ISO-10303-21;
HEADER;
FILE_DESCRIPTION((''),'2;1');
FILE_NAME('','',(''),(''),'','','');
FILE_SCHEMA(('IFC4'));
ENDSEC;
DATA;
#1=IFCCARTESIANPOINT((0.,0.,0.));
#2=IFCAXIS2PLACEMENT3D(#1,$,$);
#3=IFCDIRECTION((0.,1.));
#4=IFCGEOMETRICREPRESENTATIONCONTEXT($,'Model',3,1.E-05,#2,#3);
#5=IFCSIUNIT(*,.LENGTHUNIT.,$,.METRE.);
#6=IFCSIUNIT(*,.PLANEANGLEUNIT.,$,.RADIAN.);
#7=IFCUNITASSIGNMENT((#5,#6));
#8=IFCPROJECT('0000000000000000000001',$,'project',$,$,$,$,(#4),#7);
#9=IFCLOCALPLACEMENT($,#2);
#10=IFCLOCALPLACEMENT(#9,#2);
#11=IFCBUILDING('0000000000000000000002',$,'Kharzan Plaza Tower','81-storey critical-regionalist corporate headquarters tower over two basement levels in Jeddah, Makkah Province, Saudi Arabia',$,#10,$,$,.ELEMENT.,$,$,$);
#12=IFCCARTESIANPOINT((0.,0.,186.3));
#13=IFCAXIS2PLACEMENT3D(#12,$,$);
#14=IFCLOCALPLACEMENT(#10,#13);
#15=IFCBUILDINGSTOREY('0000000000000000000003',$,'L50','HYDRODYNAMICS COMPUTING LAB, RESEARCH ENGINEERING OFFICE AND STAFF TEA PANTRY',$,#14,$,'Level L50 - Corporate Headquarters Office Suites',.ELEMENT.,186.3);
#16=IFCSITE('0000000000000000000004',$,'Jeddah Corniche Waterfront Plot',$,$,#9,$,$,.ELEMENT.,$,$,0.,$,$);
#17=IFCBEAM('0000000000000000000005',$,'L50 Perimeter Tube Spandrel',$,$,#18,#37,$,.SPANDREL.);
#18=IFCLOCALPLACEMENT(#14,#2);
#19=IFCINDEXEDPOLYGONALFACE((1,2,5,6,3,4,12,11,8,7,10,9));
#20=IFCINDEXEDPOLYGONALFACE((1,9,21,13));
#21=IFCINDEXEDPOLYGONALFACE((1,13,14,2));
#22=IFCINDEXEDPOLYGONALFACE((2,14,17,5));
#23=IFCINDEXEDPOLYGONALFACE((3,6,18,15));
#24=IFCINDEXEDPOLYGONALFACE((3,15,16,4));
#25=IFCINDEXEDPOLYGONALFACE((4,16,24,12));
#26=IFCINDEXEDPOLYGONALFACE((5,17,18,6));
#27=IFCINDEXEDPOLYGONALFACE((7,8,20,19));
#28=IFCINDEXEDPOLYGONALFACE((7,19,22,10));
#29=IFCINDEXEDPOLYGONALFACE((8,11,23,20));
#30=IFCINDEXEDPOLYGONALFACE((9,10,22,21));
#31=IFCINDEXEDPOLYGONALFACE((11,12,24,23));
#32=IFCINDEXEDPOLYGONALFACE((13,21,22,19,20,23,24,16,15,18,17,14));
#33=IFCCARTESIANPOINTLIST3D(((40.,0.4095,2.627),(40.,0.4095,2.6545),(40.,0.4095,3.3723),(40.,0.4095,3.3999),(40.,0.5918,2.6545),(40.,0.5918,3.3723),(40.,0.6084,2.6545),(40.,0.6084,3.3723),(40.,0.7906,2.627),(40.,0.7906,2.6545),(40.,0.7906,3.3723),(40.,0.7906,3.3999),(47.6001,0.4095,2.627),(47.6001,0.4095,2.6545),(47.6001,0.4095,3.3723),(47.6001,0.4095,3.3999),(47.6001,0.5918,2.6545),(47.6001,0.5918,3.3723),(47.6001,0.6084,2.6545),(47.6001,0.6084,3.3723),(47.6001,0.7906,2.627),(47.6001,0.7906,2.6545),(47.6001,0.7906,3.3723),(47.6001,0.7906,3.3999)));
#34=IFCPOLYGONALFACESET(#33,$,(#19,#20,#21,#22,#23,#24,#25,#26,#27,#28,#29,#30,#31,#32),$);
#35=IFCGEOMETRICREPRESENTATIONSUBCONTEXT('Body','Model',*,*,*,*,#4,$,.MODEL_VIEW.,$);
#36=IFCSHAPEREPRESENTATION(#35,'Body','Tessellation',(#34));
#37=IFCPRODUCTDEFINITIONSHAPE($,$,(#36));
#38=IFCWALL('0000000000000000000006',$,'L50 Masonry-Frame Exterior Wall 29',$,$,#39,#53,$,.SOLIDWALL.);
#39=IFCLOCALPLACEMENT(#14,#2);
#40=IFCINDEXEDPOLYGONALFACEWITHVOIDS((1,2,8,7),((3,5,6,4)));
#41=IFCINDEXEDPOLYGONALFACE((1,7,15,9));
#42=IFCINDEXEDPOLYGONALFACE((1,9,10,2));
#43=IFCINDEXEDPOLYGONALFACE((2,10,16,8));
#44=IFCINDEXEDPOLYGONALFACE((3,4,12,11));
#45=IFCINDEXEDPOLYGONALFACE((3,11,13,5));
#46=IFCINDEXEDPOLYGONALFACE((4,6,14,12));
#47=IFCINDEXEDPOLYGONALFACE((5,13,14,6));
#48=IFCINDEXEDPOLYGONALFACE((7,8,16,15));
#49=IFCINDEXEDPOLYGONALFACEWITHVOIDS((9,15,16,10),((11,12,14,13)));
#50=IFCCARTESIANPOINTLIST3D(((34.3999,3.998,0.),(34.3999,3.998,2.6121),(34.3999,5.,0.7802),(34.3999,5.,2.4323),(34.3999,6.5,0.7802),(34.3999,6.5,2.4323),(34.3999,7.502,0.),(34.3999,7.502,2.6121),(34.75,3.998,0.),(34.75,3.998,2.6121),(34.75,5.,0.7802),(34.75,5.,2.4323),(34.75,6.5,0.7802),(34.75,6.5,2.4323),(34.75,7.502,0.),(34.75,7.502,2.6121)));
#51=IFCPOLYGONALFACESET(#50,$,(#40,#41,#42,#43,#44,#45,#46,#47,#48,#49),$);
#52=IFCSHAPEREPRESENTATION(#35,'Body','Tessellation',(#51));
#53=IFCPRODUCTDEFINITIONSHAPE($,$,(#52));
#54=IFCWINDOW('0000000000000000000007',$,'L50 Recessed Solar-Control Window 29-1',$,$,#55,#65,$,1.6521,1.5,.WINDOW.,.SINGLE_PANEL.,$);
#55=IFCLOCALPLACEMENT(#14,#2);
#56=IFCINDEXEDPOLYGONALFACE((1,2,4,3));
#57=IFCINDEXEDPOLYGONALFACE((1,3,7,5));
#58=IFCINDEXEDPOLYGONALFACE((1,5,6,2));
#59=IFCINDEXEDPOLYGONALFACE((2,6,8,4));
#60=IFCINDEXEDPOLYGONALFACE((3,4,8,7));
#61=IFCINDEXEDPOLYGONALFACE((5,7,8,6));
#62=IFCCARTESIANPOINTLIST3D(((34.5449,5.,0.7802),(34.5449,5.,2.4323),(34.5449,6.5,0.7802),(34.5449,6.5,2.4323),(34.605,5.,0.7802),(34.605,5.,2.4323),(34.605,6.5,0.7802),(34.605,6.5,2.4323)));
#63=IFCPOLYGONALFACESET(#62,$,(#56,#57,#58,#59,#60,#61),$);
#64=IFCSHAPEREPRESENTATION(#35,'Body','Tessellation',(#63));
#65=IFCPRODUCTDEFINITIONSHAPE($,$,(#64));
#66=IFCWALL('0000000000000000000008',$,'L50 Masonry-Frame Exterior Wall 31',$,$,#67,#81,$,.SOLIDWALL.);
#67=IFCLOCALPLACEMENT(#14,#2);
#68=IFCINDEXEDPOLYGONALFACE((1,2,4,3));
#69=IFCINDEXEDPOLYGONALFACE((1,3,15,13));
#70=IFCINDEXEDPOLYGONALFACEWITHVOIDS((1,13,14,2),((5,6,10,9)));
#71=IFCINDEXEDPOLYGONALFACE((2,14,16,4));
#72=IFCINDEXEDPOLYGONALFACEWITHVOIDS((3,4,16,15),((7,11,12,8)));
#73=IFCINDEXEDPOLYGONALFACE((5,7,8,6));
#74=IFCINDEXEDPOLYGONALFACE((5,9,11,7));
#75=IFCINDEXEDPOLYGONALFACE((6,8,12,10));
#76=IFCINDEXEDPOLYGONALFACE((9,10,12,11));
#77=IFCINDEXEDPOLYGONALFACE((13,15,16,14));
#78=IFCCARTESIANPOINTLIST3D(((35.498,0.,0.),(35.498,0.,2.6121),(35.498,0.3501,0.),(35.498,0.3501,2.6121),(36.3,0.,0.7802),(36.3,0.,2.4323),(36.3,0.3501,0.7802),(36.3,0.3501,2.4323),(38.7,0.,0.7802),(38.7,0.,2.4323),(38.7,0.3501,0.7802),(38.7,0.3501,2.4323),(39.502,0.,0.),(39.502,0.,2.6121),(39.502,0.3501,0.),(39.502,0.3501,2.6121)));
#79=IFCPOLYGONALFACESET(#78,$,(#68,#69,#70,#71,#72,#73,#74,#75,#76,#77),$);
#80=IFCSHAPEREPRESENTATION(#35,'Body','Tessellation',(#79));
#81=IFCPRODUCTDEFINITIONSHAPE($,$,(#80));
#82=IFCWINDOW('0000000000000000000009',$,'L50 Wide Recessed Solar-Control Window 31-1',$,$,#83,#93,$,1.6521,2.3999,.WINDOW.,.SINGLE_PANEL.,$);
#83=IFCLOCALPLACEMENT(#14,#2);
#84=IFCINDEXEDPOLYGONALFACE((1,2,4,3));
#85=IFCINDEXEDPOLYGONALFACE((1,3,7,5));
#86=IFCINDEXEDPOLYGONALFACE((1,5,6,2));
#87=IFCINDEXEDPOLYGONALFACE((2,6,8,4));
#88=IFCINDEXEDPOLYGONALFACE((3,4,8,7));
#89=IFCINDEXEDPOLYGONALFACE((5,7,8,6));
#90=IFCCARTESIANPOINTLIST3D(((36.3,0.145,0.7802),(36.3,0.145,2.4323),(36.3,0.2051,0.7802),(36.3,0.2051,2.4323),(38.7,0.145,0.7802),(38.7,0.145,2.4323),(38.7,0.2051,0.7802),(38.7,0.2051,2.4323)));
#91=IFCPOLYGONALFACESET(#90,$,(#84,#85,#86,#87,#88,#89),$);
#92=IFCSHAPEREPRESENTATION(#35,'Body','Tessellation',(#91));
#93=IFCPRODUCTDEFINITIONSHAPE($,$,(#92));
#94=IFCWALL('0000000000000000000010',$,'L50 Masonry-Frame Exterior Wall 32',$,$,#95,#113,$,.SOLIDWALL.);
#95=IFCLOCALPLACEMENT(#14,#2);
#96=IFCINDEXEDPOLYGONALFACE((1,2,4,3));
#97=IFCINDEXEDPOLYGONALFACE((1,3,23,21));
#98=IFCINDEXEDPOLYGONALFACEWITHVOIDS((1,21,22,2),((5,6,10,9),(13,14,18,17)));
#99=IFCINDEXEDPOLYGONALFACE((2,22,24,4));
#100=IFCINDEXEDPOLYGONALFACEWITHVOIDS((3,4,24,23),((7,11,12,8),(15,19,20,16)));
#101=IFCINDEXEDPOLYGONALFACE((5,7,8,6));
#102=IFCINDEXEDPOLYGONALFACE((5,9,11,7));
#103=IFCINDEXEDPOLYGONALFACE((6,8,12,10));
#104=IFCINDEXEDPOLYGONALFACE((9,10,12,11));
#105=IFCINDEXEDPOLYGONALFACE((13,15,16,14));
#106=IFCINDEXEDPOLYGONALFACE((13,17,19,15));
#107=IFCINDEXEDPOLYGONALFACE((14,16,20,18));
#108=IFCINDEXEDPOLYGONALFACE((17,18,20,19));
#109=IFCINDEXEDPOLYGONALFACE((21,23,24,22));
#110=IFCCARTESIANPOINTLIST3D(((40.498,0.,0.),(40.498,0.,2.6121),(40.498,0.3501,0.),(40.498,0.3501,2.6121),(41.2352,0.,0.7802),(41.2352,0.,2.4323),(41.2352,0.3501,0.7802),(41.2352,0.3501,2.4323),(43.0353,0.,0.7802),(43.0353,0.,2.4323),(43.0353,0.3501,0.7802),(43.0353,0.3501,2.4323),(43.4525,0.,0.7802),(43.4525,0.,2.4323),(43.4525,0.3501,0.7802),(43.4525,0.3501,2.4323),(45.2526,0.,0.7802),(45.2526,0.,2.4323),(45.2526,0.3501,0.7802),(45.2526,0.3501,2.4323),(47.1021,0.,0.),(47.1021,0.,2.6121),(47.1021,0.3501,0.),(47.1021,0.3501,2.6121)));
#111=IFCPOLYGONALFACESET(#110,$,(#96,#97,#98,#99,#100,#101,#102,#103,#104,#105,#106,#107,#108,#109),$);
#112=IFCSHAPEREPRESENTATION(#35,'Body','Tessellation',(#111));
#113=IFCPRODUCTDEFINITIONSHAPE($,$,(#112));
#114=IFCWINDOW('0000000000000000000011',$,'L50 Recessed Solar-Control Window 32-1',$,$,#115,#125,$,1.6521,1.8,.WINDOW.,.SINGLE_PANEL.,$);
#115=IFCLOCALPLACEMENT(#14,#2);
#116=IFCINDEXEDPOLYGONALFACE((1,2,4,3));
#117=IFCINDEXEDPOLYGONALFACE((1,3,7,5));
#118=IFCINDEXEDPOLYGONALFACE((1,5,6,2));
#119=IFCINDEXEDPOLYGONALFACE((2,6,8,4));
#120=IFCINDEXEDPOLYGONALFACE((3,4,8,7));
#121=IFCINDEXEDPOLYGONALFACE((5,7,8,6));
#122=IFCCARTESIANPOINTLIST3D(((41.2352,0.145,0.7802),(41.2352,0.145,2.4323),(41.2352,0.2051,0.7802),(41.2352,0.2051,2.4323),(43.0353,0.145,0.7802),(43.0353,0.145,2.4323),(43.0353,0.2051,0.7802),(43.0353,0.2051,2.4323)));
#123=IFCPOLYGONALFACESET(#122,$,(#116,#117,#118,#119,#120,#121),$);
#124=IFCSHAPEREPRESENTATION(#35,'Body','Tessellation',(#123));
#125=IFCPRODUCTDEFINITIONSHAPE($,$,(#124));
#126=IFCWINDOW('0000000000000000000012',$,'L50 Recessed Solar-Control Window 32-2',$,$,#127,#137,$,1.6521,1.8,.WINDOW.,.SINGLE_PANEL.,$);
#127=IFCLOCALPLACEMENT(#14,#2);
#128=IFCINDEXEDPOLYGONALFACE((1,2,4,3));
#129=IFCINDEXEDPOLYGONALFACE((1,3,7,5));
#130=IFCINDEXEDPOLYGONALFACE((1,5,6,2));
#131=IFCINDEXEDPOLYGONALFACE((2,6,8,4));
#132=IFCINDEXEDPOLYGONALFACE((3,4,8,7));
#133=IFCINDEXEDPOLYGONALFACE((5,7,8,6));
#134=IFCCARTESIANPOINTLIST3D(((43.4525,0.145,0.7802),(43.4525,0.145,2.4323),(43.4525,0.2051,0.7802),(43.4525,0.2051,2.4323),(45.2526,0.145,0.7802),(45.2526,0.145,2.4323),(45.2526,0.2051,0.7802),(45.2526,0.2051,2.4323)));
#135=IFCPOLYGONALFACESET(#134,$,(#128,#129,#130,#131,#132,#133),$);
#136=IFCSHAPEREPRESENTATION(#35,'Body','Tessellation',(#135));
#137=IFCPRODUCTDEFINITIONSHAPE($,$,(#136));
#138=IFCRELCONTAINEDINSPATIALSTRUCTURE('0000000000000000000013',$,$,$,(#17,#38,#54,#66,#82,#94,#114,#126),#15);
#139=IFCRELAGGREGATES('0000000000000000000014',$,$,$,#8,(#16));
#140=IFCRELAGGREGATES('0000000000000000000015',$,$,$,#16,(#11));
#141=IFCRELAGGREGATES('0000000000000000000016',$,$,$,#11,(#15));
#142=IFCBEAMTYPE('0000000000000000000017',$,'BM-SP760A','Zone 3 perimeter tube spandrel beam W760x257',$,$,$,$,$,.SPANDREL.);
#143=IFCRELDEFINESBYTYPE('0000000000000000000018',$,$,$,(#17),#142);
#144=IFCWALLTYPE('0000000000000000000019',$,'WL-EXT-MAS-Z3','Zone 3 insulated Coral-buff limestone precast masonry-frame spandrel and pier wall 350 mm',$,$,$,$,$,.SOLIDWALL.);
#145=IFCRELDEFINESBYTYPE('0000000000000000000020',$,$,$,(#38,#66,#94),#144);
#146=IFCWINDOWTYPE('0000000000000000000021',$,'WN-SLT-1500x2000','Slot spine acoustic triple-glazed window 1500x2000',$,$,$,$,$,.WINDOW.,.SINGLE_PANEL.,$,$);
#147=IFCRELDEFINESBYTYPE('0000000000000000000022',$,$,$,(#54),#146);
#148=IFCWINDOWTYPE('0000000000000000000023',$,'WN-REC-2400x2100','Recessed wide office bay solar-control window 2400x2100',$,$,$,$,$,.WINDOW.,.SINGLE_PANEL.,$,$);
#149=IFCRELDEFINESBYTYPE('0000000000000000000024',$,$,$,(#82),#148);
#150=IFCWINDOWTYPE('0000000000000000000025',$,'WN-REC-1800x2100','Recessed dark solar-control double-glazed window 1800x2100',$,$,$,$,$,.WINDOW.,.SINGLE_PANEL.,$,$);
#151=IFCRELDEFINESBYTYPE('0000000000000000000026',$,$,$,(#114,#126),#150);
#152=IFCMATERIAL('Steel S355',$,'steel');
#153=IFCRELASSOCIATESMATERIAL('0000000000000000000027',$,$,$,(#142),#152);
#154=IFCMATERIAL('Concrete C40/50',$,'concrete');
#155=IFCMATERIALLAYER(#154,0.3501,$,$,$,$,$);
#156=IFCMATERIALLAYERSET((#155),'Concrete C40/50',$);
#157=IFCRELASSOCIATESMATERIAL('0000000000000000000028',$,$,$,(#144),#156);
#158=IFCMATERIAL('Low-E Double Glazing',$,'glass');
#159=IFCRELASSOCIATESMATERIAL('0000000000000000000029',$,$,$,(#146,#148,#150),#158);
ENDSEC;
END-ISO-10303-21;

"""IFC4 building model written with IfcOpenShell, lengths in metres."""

from ifc_helpers import new_model, si_unit, direction, frame, frame_2d, origin, origin_2d, place, context, subcontext, project, spatial, rectangle, i_section, extrude, source, transform, mapped, material, layer, layer_set, material_profile, profile_set, type_object, element, fill, save


model = new_model("IFC4")

# Units and contexts
model_context = context("Model", 3, precision=1e-05, world=origin(), true_north=direction((0.0, 1.0)))
body_context = subcontext(model_context, "Body", "Model", "MODEL_VIEW")
ifc_project = project(units=[si_unit("LENGTHUNIT", "METRE"), si_unit("PLANEANGLEUNIT", "RADIAN")], contexts=[model_context])

# Site, building, storey
site_placement = place(None, origin())
site = spatial("IfcSite", under=ifc_project, at=site_placement, Name="Jeddah Corniche Waterfront Plot", CompositionType="ELEMENT", RefElevation=0.0)
building_placement = place(site_placement, origin())
building = spatial("IfcBuilding", under=site, at=building_placement, Name="Kharzan Plaza Tower", Description="81-storey critical-regionalist corporate headquarters tower over two basement levels in Jeddah, Makkah Province, Saudi Arabia", CompositionType="ELEMENT")
storey_placement = place(building_placement, frame((0.0, 0.0, 186.3)))
storey = spatial("IfcBuildingStorey", under=building, at=storey_placement, Name="L50", Description="HYDRODYNAMICS COMPUTING LAB, RESEARCH ENGINEERING OFFICE AND STAFF TEA PANTRY", LongName="Level L50 - Corporate Headquarters Office Suites", CompositionType="ELEMENT", Elevation=186.3)

# Beam
ifc_material_1 = material(Name="Steel S355", Category="steel")
ifc_material_profile_1 = material_profile(ifc_material_1, i_section(OverallWidth=0.3811, OverallDepth=0.7729, WebThickness=0.0166, FlangeThickness=0.0276, at=origin_2d()), Name="W760x257")
ifc_profile_set_1 = profile_set([ifc_material_profile_1], Name="Steel S355")
beam_type_1 = type_object("IfcBeamType", Name="BM-SP760A", Description="Zone 3 perimeter tube spandrel beam W760x257", PredefinedType="SPANDREL", material=ifc_profile_set_1)
shared_shape_1 = source(origin(), body_context, "Body", "SweptSolid", [
    extrude(i_section(OverallWidth=0.3811, OverallDepth=0.7729, WebThickness=0.0166, FlangeThickness=0.0276, at=origin_2d()), origin(), (0.0, 0.0, 1.0), 7.6001),
])
beam_1_placement = place(storey_placement, frame((40.0, 0.6001, 3.0134), z_axis=(1.0, 0.0, 0.0), x_axis=(0.0, 1.0, 0.0)))
element("IfcBeam", 1, at=beam_1_placement, inside=storey, type_object=beam_type_1, Name="L50 Perimeter Tube Spandrel", PredefinedType="SPANDREL", context=body_context, shape_type="MappedRepresentation", body=[
    mapped(shared_shape_1, transform((0.0, 0.0, 0.0), x_axis=(1.0, 0.0, 0.0), y_axis=(0.0, 1.0, 0.0), z_axis=(0.0, 0.0, 1.0))),
])

# Walls, openings, windows
ifc_material_2 = material(Name="Concrete C40/50", Category="concrete")
ifc_layer_1 = layer(ifc_material_2, 0.3501)
ifc_layer_set_1 = layer_set([ifc_layer_1], Name="Concrete C40/50")
wall_type_1 = type_object("IfcWallType", Name="WL-EXT-MAS-Z3", Description="Zone 3 insulated Coral-buff limestone precast masonry-frame spandrel and pier wall 350 mm", PredefinedType="SOLIDWALL", material=ifc_layer_set_1)
wall_1_placement = place(storey_placement, frame((34.575, 7.502, 0.0), z_axis=(0.0, 0.0, 1.0), x_axis=(0.0, -1.0, 0.0)))
wall_1 = element("IfcWall", 2, at=wall_1_placement, inside=storey, type_object=wall_type_1, Name="L50 Masonry-Frame Exterior Wall 29", PredefinedType="SOLIDWALL", context=body_context, shape_type="SweptSolid", body=[
    extrude(rectangle(XDim=3.5039, YDim=0.3501, at=frame_2d((1.752, 0.0))), origin(), (0.0, 0.0, 1.0), 2.6121),
])
opening_1_placement = place(wall_1_placement, frame((1.002, 0.0, 0.78)))
opening_1 = element("IfcOpeningElement", 3, at=opening_1_placement, cuts=wall_1, PredefinedType="OPENING", context=body_context, shape_type="SweptSolid", body=[
    extrude(rectangle(XDim=1.5, YDim=1.6521, at=frame_2d((0.75, 0.8262))), frame((0.0, 0.1851, 0.0), z_axis=(0.0, -1.0, 0.0), x_axis=(1.0, 0.0, 0.0)), (0.0, 0.0, 1.0), 0.3701),
])
ifc_material_3 = material(Name="Low-E Double Glazing", Category="glass")
window_type_1 = type_object("IfcWindowType", Name="WN-SLT-1500x2000", Description="Slot spine acoustic triple-glazed window 1500x2000", PartitioningType="SINGLE_PANEL", PredefinedType="WINDOW", material=ifc_material_3)
shared_shape_2 = source(origin(), body_context, "Body", "SweptSolid", [
    extrude(rectangle(XDim=1.5, YDim=1.6521, at=frame_2d((0.75, 0.8262))), frame((0.0, 0.03, 0.0), z_axis=(0.0, -1.0, 0.0), x_axis=(1.0, 0.0, 0.0)), (0.0, 0.0, 1.0), 0.0601),
])
window_1_placement = place(opening_1_placement, origin())
window_1 = element("IfcWindow", 4, at=window_1_placement, inside=storey, type_object=window_type_1, Name="L50 Recessed Solar-Control Window 29-1", OverallHeight=1.6521, OverallWidth=1.5, PartitioningType="SINGLE_PANEL", PredefinedType="WINDOW", context=body_context, shape_type="MappedRepresentation", body=[
    mapped(shared_shape_2, transform((0.0, 0.0, 0.0), x_axis=(1.0, 0.0, 0.0), y_axis=(0.0, 1.0, 0.0), z_axis=(0.0, 0.0, 1.0))),
])
fill(opening_1, window_1)
wall_2_placement = place(storey_placement, frame((35.498, 0.175, 0.0), z_axis=(0.0, 0.0, 1.0), x_axis=(1.0, 0.0, 0.0)))
wall_2 = element("IfcWall", 5, at=wall_2_placement, inside=storey, type_object=wall_type_1, Name="L50 Masonry-Frame Exterior Wall 31", PredefinedType="SOLIDWALL", context=body_context, shape_type="SweptSolid", body=[
    extrude(rectangle(XDim=4.0039, YDim=0.3501, at=frame_2d((2.002, 0.0))), origin(), (0.0, 0.0, 1.0), 2.6121),
])
opening_2_placement = place(wall_2_placement, frame((0.802, 0.0, 0.78)))
opening_2 = element("IfcOpeningElement", 6, at=opening_2_placement, cuts=wall_2, PredefinedType="OPENING", context=body_context, shape_type="SweptSolid", body=[
    extrude(rectangle(XDim=2.3999, YDim=1.6521, at=frame_2d((1.2, 0.8262))), frame((0.0, 0.1851, 0.0), z_axis=(0.0, -1.0, 0.0), x_axis=(1.0, 0.0, 0.0)), (0.0, 0.0, 1.0), 0.3701),
])
window_type_2 = type_object("IfcWindowType", Name="WN-REC-2400x2100", Description="Recessed wide office bay solar-control window 2400x2100", PartitioningType="SINGLE_PANEL", PredefinedType="WINDOW", material=ifc_material_3)
shared_shape_3 = source(origin(), body_context, "Body", "SweptSolid", [
    extrude(rectangle(XDim=2.3999, YDim=1.6521, at=frame_2d((1.2, 0.8262))), frame((0.0, 0.03, 0.0), z_axis=(0.0, -1.0, 0.0), x_axis=(1.0, 0.0, 0.0)), (0.0, 0.0, 1.0), 0.0601),
])
window_2_placement = place(opening_2_placement, origin())
window_2 = element("IfcWindow", 7, at=window_2_placement, inside=storey, type_object=window_type_2, Name="L50 Wide Recessed Solar-Control Window 31-1", OverallHeight=1.6521, OverallWidth=2.3999, PartitioningType="SINGLE_PANEL", PredefinedType="WINDOW", context=body_context, shape_type="MappedRepresentation", body=[
    mapped(shared_shape_3, transform((0.0, 0.0, 0.0), x_axis=(1.0, 0.0, 0.0), y_axis=(0.0, 1.0, 0.0), z_axis=(0.0, 0.0, 1.0))),
])
fill(opening_2, window_2)

# Wall, openings, windows
wall_3_placement = place(storey_placement, frame((40.498, 0.175, 0.0), z_axis=(0.0, 0.0, 1.0), x_axis=(1.0, 0.0, 0.0)))
wall_3 = element("IfcWall", 8, at=wall_3_placement, inside=storey, type_object=wall_type_1, Name="L50 Masonry-Frame Exterior Wall 32", PredefinedType="SOLIDWALL", context=body_context, shape_type="SweptSolid", body=[
    extrude(rectangle(XDim=6.604, YDim=0.3501, at=frame_2d((3.302, 0.0))), origin(), (0.0, 0.0, 1.0), 2.6121),
])
opening_3_placement = place(wall_3_placement, frame((0.7373, 0.0, 0.78)))
opening_3 = element("IfcOpeningElement", 9, at=opening_3_placement, cuts=wall_3, PredefinedType="OPENING", context=body_context, shape_type="SweptSolid", body=[
    extrude(rectangle(XDim=1.8, YDim=1.6521, at=frame_2d((0.8999, 0.8262))), frame((0.0, 0.1851, 0.0), z_axis=(0.0, -1.0, 0.0), x_axis=(1.0, 0.0, 0.0)), (0.0, 0.0, 1.0), 0.3701),
])
opening_4_placement = place(wall_3_placement, frame((2.9546, 0.0, 0.78)))
opening_4 = element("IfcOpeningElement", 10, at=opening_4_placement, cuts=wall_3, PredefinedType="OPENING", context=body_context, shape_type="SweptSolid", body=[
    extrude(rectangle(XDim=1.8, YDim=1.6521, at=frame_2d((0.8999, 0.8262))), frame((0.0, 0.1851, 0.0), z_axis=(0.0, -1.0, 0.0), x_axis=(1.0, 0.0, 0.0)), (0.0, 0.0, 1.0), 0.3701),
])
window_type_3 = type_object("IfcWindowType", Name="WN-REC-1800x2100", Description="Recessed dark solar-control double-glazed window 1800x2100", PartitioningType="SINGLE_PANEL", PredefinedType="WINDOW", material=ifc_material_3)
shared_shape_4 = source(origin(), body_context, "Body", "SweptSolid", [
    extrude(rectangle(XDim=1.8, YDim=1.6521, at=frame_2d((0.8999, 0.8262))), frame((0.0, 0.03, 0.0), z_axis=(0.0, -1.0, 0.0), x_axis=(1.0, 0.0, 0.0)), (0.0, 0.0, 1.0), 0.0601),
])
window_3_placement = place(opening_3_placement, origin())
window_3 = element("IfcWindow", 11, at=window_3_placement, inside=storey, type_object=window_type_3, Name="L50 Recessed Solar-Control Window 32-1", OverallHeight=1.6521, OverallWidth=1.8, PartitioningType="SINGLE_PANEL", PredefinedType="WINDOW", context=body_context, shape_type="MappedRepresentation", body=[
    mapped(shared_shape_4, transform((0.0, 0.0, 0.0), x_axis=(1.0, 0.0, 0.0), y_axis=(0.0, 1.0, 0.0), z_axis=(0.0, 0.0, 1.0))),
])
fill(opening_3, window_3)
window_4_placement = place(opening_4_placement, origin())
window_4 = element("IfcWindow", 12, at=window_4_placement, inside=storey, type_object=window_type_3, Name="L50 Recessed Solar-Control Window 32-2", OverallHeight=1.6521, OverallWidth=1.8, PartitioningType="SINGLE_PANEL", PredefinedType="WINDOW", context=body_context, shape_type="MappedRepresentation", body=[
    mapped(shared_shape_4, transform((0.0, 0.0, 0.0), x_axis=(1.0, 0.0, 0.0), y_axis=(0.0, 1.0, 0.0), z_axis=(0.0, 0.0, 1.0))),
])
fill(opening_4, window_4)

save(model, "model.ifc")
